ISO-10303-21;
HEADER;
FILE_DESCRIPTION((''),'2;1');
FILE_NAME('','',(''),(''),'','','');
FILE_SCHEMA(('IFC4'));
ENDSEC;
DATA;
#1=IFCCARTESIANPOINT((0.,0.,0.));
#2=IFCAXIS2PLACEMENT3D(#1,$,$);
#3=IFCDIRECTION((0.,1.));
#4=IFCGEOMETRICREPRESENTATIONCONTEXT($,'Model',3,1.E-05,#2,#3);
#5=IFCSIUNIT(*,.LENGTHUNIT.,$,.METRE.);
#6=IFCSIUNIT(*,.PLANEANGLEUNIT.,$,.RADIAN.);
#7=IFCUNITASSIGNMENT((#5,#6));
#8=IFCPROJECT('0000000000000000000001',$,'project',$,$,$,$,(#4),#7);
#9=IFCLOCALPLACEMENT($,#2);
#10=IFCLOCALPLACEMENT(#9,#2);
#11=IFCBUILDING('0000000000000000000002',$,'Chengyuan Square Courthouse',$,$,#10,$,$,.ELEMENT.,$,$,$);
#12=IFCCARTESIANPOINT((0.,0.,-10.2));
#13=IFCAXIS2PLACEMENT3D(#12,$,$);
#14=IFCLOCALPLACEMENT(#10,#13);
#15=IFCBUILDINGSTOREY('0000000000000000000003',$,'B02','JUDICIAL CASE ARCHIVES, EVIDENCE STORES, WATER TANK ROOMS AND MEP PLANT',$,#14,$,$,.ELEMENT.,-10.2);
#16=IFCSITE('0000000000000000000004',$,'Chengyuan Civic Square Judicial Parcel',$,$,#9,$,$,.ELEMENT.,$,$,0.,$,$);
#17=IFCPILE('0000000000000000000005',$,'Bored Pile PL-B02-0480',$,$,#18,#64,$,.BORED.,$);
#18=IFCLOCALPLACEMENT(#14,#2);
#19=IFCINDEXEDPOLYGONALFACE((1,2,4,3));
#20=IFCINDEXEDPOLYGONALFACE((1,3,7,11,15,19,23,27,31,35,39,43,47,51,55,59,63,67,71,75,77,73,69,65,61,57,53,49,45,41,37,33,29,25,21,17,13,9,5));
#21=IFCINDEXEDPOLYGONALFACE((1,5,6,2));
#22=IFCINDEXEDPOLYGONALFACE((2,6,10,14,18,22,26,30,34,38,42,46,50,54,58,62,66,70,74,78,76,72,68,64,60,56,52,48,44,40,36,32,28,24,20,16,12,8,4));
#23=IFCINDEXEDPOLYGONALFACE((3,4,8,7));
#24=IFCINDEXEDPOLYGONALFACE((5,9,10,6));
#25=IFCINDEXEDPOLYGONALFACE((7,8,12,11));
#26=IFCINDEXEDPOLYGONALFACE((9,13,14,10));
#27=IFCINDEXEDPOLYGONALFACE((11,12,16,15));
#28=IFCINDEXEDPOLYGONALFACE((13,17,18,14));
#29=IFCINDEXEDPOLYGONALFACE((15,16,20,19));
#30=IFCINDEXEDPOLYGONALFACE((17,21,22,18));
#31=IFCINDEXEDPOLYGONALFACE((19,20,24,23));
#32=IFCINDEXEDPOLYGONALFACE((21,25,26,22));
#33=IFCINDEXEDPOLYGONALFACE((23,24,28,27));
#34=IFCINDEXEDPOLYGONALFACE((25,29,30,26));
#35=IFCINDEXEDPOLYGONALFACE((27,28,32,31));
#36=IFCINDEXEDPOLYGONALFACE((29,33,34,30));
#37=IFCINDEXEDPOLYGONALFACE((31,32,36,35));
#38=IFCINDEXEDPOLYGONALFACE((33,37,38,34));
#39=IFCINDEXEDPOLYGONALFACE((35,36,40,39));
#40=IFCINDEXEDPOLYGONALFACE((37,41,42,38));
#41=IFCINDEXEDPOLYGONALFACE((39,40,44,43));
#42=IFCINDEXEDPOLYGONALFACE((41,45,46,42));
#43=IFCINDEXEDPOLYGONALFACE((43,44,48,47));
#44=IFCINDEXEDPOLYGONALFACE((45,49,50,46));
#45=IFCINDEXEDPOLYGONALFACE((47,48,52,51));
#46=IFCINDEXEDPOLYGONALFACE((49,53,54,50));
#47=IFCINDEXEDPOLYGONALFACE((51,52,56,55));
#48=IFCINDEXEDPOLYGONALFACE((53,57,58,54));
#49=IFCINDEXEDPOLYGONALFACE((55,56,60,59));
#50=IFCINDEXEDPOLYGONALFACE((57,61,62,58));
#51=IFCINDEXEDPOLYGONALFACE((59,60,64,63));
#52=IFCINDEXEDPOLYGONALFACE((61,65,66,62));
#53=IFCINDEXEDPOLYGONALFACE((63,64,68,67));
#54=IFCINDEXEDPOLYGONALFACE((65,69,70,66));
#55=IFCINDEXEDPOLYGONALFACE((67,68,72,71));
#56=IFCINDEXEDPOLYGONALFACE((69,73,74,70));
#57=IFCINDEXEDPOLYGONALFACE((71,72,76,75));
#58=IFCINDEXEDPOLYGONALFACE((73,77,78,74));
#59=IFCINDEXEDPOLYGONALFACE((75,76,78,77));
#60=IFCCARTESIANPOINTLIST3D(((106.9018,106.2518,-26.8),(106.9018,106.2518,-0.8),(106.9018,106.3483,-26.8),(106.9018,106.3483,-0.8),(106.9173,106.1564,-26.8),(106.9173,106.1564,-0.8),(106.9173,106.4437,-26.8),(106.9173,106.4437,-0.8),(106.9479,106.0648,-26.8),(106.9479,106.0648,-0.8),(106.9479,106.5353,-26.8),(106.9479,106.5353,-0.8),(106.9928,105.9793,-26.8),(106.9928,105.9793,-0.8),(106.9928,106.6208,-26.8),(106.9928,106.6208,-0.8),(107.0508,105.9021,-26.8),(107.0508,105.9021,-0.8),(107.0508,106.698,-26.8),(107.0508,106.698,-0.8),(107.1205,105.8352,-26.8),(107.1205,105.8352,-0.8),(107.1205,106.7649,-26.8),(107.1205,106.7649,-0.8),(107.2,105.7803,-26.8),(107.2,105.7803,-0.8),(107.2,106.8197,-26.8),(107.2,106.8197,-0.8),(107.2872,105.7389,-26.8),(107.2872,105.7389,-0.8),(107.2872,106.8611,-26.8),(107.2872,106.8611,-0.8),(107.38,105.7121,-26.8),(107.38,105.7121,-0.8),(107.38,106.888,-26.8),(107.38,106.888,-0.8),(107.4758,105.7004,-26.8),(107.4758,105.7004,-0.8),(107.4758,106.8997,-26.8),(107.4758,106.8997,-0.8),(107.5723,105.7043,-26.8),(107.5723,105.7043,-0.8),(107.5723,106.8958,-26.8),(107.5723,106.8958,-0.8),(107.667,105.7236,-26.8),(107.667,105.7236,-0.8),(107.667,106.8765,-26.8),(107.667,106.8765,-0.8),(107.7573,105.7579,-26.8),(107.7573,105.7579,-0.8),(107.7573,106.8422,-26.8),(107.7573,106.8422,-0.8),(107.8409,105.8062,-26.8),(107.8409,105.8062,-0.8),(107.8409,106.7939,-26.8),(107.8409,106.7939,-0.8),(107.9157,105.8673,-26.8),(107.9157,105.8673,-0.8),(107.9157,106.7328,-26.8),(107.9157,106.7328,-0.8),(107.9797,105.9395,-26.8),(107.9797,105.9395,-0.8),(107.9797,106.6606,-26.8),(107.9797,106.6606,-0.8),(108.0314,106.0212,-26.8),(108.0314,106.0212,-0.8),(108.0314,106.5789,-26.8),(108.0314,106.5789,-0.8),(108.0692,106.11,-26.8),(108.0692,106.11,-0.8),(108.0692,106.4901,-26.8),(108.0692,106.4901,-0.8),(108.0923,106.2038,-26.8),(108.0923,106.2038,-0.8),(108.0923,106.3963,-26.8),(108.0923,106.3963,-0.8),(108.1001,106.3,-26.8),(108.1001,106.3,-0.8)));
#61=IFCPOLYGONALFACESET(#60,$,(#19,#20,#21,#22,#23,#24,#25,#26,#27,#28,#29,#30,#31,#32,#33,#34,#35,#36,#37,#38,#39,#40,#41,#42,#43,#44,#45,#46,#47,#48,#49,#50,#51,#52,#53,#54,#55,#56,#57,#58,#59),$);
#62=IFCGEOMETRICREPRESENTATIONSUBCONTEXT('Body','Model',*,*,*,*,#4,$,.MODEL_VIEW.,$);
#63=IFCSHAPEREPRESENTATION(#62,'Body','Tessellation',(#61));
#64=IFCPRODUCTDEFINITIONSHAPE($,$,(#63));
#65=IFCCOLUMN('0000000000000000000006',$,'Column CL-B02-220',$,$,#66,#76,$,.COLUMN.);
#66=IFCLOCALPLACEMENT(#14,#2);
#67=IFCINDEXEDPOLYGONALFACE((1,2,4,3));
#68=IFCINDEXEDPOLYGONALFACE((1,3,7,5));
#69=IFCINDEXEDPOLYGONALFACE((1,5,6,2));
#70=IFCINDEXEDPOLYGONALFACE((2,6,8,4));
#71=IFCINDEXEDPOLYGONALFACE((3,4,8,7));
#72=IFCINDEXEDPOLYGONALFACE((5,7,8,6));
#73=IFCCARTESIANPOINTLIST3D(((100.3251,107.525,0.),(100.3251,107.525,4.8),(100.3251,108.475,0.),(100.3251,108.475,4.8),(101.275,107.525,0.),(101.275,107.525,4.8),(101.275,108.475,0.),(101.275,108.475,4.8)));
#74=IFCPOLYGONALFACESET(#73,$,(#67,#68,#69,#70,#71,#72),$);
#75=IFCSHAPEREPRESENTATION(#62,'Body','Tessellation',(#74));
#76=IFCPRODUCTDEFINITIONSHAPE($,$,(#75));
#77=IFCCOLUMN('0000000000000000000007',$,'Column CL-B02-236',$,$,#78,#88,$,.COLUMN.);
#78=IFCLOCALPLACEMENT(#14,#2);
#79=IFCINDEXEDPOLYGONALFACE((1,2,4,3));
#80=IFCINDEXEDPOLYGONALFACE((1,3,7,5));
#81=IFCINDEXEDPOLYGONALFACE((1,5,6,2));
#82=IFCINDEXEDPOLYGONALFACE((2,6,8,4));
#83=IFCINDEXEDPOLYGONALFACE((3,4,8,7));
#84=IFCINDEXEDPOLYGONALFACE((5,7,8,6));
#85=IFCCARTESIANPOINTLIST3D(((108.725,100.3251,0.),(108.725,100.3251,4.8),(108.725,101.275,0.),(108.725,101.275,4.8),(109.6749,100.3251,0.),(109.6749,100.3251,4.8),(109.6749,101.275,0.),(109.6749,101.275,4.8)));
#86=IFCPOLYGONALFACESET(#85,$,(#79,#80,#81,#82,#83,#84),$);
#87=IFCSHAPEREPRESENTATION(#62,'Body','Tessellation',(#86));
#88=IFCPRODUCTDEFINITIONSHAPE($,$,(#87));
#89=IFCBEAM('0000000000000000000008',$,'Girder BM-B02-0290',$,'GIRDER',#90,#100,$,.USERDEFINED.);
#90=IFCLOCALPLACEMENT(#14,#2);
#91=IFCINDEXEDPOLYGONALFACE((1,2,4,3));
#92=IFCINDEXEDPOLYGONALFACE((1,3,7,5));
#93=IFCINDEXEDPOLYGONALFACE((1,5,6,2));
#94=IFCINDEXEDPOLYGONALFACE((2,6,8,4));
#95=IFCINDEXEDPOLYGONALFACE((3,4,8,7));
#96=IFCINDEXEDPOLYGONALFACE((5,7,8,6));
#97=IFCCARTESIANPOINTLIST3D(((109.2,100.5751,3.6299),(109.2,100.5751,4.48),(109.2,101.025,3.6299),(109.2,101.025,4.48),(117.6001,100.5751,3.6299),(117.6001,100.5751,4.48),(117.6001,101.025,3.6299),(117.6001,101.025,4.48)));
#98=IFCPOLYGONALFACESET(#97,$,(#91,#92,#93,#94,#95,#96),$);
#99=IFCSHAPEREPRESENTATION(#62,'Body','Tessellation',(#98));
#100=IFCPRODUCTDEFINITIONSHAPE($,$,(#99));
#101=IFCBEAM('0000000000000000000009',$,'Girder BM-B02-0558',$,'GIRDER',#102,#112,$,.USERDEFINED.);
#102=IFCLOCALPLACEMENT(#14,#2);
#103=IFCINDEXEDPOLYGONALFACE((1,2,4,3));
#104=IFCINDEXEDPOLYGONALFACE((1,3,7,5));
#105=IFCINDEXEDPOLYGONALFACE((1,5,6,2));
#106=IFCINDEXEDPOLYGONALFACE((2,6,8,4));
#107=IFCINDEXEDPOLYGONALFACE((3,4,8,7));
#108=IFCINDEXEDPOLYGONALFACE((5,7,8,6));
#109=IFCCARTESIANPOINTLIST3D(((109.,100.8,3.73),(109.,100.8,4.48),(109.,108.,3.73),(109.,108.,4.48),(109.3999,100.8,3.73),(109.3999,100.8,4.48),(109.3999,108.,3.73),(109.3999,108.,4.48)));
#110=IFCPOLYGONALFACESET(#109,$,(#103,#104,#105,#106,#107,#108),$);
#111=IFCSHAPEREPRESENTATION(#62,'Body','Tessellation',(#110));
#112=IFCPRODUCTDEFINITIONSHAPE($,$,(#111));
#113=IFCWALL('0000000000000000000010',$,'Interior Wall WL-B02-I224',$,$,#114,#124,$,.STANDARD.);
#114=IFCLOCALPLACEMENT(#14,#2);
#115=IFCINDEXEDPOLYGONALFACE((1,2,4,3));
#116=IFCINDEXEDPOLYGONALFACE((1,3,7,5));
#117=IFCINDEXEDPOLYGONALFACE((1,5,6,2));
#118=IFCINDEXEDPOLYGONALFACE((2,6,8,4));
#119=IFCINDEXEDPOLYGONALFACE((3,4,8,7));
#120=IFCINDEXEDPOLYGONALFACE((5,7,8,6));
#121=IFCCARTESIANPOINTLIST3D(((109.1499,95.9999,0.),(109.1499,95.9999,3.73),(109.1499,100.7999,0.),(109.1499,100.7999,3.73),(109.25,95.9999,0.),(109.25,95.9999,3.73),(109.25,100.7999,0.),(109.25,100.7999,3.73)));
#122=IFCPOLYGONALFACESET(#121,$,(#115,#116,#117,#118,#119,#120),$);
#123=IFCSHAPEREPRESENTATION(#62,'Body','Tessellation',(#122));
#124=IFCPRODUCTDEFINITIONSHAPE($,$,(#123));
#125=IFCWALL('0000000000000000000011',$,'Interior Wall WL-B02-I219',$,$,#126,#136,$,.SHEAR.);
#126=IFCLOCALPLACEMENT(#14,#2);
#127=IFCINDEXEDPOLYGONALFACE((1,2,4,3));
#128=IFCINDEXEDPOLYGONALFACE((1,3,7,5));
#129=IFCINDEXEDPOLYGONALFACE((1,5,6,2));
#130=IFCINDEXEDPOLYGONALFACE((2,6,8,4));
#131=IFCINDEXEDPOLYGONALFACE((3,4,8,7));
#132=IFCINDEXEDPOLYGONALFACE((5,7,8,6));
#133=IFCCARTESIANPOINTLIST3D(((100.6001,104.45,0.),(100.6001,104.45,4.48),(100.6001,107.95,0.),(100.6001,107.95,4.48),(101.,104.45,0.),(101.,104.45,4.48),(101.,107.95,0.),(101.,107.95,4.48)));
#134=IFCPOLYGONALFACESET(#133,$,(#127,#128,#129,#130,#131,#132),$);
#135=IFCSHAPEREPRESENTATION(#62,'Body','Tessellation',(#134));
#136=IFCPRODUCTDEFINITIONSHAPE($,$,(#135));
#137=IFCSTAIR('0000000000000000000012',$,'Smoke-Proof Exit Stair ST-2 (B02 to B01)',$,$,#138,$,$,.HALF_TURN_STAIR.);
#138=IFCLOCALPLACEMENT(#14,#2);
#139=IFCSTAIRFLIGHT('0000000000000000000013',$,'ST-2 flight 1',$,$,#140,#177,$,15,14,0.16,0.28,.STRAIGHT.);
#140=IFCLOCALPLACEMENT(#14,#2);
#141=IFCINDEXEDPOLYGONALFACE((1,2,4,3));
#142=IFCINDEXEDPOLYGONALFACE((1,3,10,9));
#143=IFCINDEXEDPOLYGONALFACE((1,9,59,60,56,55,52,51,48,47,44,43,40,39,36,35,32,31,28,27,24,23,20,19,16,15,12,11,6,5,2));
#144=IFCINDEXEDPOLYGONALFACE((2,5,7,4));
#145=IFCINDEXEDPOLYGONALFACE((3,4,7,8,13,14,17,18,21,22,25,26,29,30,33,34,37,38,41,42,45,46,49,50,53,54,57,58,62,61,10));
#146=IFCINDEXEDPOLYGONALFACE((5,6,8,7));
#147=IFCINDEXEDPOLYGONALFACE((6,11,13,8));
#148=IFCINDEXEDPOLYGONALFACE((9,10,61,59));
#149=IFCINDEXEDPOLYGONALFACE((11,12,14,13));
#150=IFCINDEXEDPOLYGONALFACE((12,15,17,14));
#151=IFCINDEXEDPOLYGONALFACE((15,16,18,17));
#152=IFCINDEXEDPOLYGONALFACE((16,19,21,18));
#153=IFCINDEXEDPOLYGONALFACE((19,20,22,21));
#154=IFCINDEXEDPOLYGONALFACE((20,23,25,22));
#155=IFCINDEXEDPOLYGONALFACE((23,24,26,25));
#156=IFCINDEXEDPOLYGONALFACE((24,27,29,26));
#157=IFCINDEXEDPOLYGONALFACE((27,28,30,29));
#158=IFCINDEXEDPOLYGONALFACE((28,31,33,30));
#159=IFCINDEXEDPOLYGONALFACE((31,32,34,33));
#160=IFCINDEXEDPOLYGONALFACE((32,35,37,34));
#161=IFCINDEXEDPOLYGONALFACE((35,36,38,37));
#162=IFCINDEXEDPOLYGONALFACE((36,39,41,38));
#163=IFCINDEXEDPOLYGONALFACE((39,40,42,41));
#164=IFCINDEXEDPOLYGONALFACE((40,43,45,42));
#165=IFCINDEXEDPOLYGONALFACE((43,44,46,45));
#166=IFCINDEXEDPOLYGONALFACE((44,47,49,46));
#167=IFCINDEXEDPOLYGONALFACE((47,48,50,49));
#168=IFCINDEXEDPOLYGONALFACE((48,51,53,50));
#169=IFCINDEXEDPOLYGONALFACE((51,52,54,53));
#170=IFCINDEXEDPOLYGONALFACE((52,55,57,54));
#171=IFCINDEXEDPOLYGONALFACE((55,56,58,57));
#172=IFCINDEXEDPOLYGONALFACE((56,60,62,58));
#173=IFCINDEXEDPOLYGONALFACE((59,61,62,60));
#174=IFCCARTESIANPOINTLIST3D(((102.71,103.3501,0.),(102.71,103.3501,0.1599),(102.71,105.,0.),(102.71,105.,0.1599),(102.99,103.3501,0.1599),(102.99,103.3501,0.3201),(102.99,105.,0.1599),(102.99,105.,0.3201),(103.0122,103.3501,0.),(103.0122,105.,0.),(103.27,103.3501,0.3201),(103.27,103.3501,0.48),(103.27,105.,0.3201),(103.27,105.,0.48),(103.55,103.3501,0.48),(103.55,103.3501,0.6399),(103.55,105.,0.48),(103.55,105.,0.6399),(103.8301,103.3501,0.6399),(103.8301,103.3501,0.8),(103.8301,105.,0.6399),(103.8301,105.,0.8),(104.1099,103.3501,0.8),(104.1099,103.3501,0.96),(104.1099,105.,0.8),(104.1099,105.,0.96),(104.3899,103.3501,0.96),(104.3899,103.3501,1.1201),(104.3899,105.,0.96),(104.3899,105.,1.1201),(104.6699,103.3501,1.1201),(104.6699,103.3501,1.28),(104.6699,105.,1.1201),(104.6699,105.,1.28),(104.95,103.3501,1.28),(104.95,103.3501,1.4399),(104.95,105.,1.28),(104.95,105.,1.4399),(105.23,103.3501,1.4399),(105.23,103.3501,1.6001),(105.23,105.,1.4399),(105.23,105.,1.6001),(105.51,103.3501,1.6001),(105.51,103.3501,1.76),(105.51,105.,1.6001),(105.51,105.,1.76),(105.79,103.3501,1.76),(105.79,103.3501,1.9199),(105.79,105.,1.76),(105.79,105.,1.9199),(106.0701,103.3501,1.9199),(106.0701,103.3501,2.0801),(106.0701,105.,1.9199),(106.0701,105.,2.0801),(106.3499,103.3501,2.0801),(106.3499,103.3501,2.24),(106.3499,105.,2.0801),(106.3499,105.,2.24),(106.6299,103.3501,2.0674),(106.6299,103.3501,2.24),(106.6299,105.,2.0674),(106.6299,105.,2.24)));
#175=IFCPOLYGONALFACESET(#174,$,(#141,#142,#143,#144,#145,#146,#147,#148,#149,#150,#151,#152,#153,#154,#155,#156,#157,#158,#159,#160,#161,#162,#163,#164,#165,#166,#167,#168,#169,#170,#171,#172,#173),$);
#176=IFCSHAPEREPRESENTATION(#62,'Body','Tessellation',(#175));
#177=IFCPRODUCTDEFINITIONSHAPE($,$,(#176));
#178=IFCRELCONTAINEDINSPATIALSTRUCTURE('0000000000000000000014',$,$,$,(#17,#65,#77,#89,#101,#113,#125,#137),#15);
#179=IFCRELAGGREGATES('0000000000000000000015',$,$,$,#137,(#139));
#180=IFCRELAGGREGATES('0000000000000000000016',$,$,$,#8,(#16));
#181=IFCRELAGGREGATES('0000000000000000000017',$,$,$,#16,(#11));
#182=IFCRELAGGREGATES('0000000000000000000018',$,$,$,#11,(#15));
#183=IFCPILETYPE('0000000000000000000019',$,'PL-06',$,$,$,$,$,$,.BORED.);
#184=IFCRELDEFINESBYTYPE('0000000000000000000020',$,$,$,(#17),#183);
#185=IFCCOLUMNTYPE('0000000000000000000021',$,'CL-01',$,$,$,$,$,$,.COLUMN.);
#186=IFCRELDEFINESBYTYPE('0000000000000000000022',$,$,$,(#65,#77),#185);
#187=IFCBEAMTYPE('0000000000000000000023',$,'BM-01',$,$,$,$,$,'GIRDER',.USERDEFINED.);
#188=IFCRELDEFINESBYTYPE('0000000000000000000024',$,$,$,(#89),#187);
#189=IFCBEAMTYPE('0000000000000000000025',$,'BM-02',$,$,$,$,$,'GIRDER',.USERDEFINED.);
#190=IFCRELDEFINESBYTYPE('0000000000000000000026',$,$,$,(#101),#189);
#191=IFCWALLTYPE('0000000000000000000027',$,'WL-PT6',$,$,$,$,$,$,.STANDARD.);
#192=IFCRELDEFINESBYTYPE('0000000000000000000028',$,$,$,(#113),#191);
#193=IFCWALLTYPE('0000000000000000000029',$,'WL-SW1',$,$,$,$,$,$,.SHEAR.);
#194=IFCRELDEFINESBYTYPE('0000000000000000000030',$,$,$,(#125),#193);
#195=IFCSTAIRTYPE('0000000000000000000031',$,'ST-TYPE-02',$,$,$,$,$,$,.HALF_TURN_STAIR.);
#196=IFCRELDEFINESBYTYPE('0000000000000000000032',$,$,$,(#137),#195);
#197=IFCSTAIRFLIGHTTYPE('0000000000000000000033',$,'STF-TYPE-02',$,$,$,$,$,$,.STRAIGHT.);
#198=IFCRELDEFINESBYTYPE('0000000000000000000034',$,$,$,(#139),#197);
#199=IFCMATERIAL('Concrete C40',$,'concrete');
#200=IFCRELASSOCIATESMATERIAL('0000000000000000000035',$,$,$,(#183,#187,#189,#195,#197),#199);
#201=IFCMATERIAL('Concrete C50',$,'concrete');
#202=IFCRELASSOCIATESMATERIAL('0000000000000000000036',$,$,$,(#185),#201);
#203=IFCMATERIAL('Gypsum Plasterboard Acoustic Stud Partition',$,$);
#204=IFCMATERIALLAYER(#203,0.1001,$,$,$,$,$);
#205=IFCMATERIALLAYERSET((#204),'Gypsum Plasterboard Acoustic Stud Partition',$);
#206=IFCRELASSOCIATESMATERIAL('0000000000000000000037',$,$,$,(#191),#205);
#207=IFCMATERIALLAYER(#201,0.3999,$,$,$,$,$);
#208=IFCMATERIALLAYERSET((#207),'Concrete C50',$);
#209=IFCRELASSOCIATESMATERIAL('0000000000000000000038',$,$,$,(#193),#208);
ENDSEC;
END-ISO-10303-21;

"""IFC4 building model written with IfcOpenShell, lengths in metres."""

from ifc_helpers import new_model, si_unit, direction, frame, frame_2d, origin, origin_2d, place, context, subcontext, project, spatial, polyline, rectangle, circle, outline, extrude, material, layer, layer_set, material_profile, profile_set, type_object, element, aggregate, save


model = new_model("IFC4")

# Units and contexts
model_context = context("Model", 3, precision=1e-05, world=origin(), true_north=direction((0.0, 1.0)))
body_context = subcontext(model_context, "Body", "Model", "MODEL_VIEW")
ifc_project = project(units=[si_unit("LENGTHUNIT", "METRE"), si_unit("PLANEANGLEUNIT", "RADIAN")], contexts=[model_context])

# Site, building, storey
site_placement = place(None, origin())
site = spatial("IfcSite", under=ifc_project, at=site_placement, Name="Chengyuan Civic Square Judicial Parcel", CompositionType="ELEMENT", RefElevation=0.0)
building_placement = place(site_placement, origin())
building = spatial("IfcBuilding", under=site, at=building_placement, Name="Chengyuan Square Courthouse", CompositionType="ELEMENT")
storey_placement = place(building_placement, frame((0.0, 0.0, -10.2)))
storey = spatial("IfcBuildingStorey", under=building, at=storey_placement, Name="B02", Description="JUDICIAL CASE ARCHIVES, EVIDENCE STORES, WATER TANK ROOMS AND MEP PLANT", CompositionType="ELEMENT", Elevation=-10.2)

# Shared definitions
ifc_material_1 = material(Name="Concrete C40", Category="concrete")

# Pile
ifc_material_profile_1 = material_profile(ifc_material_1, circle(Radius=0.6001, at=origin_2d()), Name="BORED PILE D1200")
ifc_profile_set_1 = profile_set([ifc_material_profile_1], Name="Concrete C40")
pile_type_1 = type_object("IfcPileType", Name="PL-06", PredefinedType="BORED", material=ifc_profile_set_1)
for number, where, z_axis, x_axis, name in (
    (1, (107.5, 106.3, -0.8), (0.0, 0.0, -1.0), (1.0, 0.0, 0.0), "Bored Pile PL-B02-0480"),
):
    element("IfcPile", number, at=place(storey_placement, frame(where, z_axis=z_axis, x_axis=x_axis)), inside=storey, type_object=pile_type_1, Name=name, PredefinedType="BORED", context=body_context, shape_type="SweptSolid", body=[
        extrude(circle(Radius=0.6001, at=origin_2d()), origin(), (0.0, 0.0, 1.0), 26.0),
    ])

# Columns
ifc_material_2 = material(Name="Concrete C50", Category="concrete")
ifc_material_profile_2 = material_profile(ifc_material_2, rectangle(XDim=0.95, YDim=0.95, at=origin_2d()), Name="RC-COL-950x950")
ifc_profile_set_2 = profile_set([ifc_material_profile_2], Name="Concrete C50")
column_type = type_object("IfcColumnType", Name="CL-01", PredefinedType="COLUMN", material=ifc_profile_set_2)
for number, where, z_axis, x_axis, name in (
    (2, (100.8, 108.0, 0.0), (0.0, 0.0, 1.0), (1.0, 0.0, 0.0), "Column CL-B02-220"),
    (3, (109.2, 100.8, 0.0), (0.0, 0.0, 1.0), (1.0, 0.0, 0.0), "Column CL-B02-236"),
):
    element("IfcColumn", number, at=place(storey_placement, frame(where, z_axis=z_axis, x_axis=x_axis)), inside=storey, type_object=column_type, Name=name, PredefinedType="COLUMN", context=body_context, shape_type="SweptSolid", body=[
        extrude(rectangle(XDim=0.95, YDim=0.95, at=origin_2d()), origin(), (0.0, 0.0, 1.0), 4.8),
    ])

# Beams
ifc_material_profile_3 = material_profile(ifc_material_1, rectangle(XDim=0.45, YDim=0.8501, at=origin_2d()), Name="RC-BM-450x850")
ifc_profile_set_3 = profile_set([ifc_material_profile_3], Name="Concrete C40")
beam_type_1 = type_object("IfcBeamType", Name="BM-01", ElementType="GIRDER", PredefinedType="USERDEFINED", material=ifc_profile_set_3)
beam_1_placement = place(storey_placement, frame((109.2, 100.8, 4.0549), z_axis=(1.0, 0.0, 0.0), x_axis=(0.0, 1.0, 0.0)))
element("IfcBeam", 4, at=beam_1_placement, inside=storey, type_object=beam_type_1, Name="Girder BM-B02-0290", ObjectType="GIRDER", PredefinedType="USERDEFINED", context=body_context, shape_type="SweptSolid", body=[
    extrude(rectangle(XDim=0.45, YDim=0.8501, at=origin_2d()), origin(), (0.0, 0.0, 1.0), 8.4001),
])
ifc_material_profile_4 = material_profile(ifc_material_1, rectangle(XDim=0.3999, YDim=0.75, at=origin_2d()), Name="RC-BM-400x750")
ifc_profile_set_4 = profile_set([ifc_material_profile_4], Name="Concrete C40")
beam_type_2 = type_object("IfcBeamType", Name="BM-02", ElementType="GIRDER", PredefinedType="USERDEFINED", material=ifc_profile_set_4)
beam_2_placement = place(storey_placement, frame((109.2, 100.8, 4.105), z_axis=(0.0, 1.0, 0.0), x_axis=(-1.0, 0.0, 0.0)))
element("IfcBeam", 5, at=beam_2_placement, inside=storey, type_object=beam_type_2, Name="Girder BM-B02-0558", ObjectType="GIRDER", PredefinedType="USERDEFINED", context=body_context, shape_type="SweptSolid", body=[
    extrude(rectangle(XDim=0.3999, YDim=0.75, at=origin_2d()), origin(), (0.0, 0.0, 1.0), 7.2),
])

# Walls
ifc_material_3 = material(Name="Gypsum Plasterboard Acoustic Stud Partition")
ifc_layer_1 = layer(ifc_material_3, 0.1001)
ifc_layer_set_1 = layer_set([ifc_layer_1], Name="Gypsum Plasterboard Acoustic Stud Partition")
wall_type_1 = type_object("IfcWallType", Name="WL-PT6", PredefinedType="STANDARD", material=ifc_layer_set_1)
wall_1_placement = place(storey_placement, frame((109.2, 96.0, 0.0), z_axis=(0.0, 0.0, 1.0), x_axis=(0.0, 1.0, 0.0)))
element("IfcWall", 6, at=wall_1_placement, inside=storey, type_object=wall_type_1, Name="Interior Wall WL-B02-I224", PredefinedType="STANDARD", context=body_context, shape_type="SweptSolid", body=[
    extrude(rectangle(XDim=4.8, YDim=0.1001, at=frame_2d((2.3999, 0.0))), origin(), (0.0, 0.0, 1.0), 3.73),
])
ifc_layer_2 = layer(ifc_material_2, 0.3999)
ifc_layer_set_2 = layer_set([ifc_layer_2], Name="Concrete C50")
wall_type_2 = type_object("IfcWallType", Name="WL-SW1", PredefinedType="SHEAR", material=ifc_layer_set_2)
wall_2_placement = place(storey_placement, frame((100.8, 104.45, 0.0), z_axis=(0.0, 0.0, 1.0), x_axis=(0.0, 1.0, 0.0)))
element("IfcWall", 7, at=wall_2_placement, inside=storey, type_object=wall_type_2, Name="Interior Wall WL-B02-I219", PredefinedType="SHEAR", context=body_context, shape_type="SweptSolid", body=[
    extrude(rectangle(XDim=3.5, YDim=0.3999, at=frame_2d((1.75, 0.0))), origin(), (0.0, 0.0, 1.0), 4.48),
])

# Stair, stair flight
stair_type = type_object("IfcStairType", Name="ST-TYPE-02", PredefinedType="HALF_TURN_STAIR", material=ifc_material_1)
stair_placement = place(storey_placement, origin())
stair = element("IfcStair", 8, at=stair_placement, inside=storey, type_object=stair_type, Name="Smoke-Proof Exit Stair ST-2 (B02 to B01)", PredefinedType="HALF_TURN_STAIR")
stair_flight_type = type_object("IfcStairFlightType", Name="STF-TYPE-02", PredefinedType="STRAIGHT", material=ifc_material_1)
stair_flight_1_placement = place(storey_placement, frame((102.71, 104.175, 0.0), z_axis=(0.0, 0.0, 1.0), x_axis=(1.0, 0.0, 0.0)))
stair_flight_1 = element("IfcStairFlight", 9, at=stair_flight_1_placement, type_object=stair_flight_type, Name="ST-2 flight 1", NumberOfRisers=15, NumberOfTreads=14, PredefinedType="STRAIGHT", RiserHeight=0.16, TreadLength=0.28, context=body_context, shape_type="SweptSolid", body=[
    extrude(outline(polyline([(0.0, 0.0), (0.0, 0.1599), (0.28, 0.1599), (0.28, 0.3201), (0.5601, 0.3201), (0.5601, 0.48), (0.8401, 0.48), (0.8401, 0.6399), (1.1201, 0.6399), (1.1201, 0.8), (1.3999, 0.8), (1.3999, 0.96), (1.6799, 0.96), (1.6799, 1.1201), (1.96, 1.1201), (1.96, 1.28), (2.24, 1.28), (2.24, 1.4399), (2.52, 1.4399), (2.52, 1.6001), (2.8, 1.6001), (2.8, 1.76), (3.0801, 1.76), (3.0801, 1.9199), (3.3601, 1.9199), (3.3601, 2.0801), (3.6399, 2.0801), (3.6399, 2.24), (3.9199, 2.24), (3.9199, 2.3999), (3.9199, 2.0674), (0.3022, 0.0), (0.0, 0.0)])), frame((0.0, 0.825, 0.0), z_axis=(0.0, -1.0, 0.0), x_axis=(1.0, 0.0, 0.0)), (0.0, 0.0, 1.0), 1.6499),
])
aggregate(stair, [stair_flight_1])

save(model, "model.ifc")
